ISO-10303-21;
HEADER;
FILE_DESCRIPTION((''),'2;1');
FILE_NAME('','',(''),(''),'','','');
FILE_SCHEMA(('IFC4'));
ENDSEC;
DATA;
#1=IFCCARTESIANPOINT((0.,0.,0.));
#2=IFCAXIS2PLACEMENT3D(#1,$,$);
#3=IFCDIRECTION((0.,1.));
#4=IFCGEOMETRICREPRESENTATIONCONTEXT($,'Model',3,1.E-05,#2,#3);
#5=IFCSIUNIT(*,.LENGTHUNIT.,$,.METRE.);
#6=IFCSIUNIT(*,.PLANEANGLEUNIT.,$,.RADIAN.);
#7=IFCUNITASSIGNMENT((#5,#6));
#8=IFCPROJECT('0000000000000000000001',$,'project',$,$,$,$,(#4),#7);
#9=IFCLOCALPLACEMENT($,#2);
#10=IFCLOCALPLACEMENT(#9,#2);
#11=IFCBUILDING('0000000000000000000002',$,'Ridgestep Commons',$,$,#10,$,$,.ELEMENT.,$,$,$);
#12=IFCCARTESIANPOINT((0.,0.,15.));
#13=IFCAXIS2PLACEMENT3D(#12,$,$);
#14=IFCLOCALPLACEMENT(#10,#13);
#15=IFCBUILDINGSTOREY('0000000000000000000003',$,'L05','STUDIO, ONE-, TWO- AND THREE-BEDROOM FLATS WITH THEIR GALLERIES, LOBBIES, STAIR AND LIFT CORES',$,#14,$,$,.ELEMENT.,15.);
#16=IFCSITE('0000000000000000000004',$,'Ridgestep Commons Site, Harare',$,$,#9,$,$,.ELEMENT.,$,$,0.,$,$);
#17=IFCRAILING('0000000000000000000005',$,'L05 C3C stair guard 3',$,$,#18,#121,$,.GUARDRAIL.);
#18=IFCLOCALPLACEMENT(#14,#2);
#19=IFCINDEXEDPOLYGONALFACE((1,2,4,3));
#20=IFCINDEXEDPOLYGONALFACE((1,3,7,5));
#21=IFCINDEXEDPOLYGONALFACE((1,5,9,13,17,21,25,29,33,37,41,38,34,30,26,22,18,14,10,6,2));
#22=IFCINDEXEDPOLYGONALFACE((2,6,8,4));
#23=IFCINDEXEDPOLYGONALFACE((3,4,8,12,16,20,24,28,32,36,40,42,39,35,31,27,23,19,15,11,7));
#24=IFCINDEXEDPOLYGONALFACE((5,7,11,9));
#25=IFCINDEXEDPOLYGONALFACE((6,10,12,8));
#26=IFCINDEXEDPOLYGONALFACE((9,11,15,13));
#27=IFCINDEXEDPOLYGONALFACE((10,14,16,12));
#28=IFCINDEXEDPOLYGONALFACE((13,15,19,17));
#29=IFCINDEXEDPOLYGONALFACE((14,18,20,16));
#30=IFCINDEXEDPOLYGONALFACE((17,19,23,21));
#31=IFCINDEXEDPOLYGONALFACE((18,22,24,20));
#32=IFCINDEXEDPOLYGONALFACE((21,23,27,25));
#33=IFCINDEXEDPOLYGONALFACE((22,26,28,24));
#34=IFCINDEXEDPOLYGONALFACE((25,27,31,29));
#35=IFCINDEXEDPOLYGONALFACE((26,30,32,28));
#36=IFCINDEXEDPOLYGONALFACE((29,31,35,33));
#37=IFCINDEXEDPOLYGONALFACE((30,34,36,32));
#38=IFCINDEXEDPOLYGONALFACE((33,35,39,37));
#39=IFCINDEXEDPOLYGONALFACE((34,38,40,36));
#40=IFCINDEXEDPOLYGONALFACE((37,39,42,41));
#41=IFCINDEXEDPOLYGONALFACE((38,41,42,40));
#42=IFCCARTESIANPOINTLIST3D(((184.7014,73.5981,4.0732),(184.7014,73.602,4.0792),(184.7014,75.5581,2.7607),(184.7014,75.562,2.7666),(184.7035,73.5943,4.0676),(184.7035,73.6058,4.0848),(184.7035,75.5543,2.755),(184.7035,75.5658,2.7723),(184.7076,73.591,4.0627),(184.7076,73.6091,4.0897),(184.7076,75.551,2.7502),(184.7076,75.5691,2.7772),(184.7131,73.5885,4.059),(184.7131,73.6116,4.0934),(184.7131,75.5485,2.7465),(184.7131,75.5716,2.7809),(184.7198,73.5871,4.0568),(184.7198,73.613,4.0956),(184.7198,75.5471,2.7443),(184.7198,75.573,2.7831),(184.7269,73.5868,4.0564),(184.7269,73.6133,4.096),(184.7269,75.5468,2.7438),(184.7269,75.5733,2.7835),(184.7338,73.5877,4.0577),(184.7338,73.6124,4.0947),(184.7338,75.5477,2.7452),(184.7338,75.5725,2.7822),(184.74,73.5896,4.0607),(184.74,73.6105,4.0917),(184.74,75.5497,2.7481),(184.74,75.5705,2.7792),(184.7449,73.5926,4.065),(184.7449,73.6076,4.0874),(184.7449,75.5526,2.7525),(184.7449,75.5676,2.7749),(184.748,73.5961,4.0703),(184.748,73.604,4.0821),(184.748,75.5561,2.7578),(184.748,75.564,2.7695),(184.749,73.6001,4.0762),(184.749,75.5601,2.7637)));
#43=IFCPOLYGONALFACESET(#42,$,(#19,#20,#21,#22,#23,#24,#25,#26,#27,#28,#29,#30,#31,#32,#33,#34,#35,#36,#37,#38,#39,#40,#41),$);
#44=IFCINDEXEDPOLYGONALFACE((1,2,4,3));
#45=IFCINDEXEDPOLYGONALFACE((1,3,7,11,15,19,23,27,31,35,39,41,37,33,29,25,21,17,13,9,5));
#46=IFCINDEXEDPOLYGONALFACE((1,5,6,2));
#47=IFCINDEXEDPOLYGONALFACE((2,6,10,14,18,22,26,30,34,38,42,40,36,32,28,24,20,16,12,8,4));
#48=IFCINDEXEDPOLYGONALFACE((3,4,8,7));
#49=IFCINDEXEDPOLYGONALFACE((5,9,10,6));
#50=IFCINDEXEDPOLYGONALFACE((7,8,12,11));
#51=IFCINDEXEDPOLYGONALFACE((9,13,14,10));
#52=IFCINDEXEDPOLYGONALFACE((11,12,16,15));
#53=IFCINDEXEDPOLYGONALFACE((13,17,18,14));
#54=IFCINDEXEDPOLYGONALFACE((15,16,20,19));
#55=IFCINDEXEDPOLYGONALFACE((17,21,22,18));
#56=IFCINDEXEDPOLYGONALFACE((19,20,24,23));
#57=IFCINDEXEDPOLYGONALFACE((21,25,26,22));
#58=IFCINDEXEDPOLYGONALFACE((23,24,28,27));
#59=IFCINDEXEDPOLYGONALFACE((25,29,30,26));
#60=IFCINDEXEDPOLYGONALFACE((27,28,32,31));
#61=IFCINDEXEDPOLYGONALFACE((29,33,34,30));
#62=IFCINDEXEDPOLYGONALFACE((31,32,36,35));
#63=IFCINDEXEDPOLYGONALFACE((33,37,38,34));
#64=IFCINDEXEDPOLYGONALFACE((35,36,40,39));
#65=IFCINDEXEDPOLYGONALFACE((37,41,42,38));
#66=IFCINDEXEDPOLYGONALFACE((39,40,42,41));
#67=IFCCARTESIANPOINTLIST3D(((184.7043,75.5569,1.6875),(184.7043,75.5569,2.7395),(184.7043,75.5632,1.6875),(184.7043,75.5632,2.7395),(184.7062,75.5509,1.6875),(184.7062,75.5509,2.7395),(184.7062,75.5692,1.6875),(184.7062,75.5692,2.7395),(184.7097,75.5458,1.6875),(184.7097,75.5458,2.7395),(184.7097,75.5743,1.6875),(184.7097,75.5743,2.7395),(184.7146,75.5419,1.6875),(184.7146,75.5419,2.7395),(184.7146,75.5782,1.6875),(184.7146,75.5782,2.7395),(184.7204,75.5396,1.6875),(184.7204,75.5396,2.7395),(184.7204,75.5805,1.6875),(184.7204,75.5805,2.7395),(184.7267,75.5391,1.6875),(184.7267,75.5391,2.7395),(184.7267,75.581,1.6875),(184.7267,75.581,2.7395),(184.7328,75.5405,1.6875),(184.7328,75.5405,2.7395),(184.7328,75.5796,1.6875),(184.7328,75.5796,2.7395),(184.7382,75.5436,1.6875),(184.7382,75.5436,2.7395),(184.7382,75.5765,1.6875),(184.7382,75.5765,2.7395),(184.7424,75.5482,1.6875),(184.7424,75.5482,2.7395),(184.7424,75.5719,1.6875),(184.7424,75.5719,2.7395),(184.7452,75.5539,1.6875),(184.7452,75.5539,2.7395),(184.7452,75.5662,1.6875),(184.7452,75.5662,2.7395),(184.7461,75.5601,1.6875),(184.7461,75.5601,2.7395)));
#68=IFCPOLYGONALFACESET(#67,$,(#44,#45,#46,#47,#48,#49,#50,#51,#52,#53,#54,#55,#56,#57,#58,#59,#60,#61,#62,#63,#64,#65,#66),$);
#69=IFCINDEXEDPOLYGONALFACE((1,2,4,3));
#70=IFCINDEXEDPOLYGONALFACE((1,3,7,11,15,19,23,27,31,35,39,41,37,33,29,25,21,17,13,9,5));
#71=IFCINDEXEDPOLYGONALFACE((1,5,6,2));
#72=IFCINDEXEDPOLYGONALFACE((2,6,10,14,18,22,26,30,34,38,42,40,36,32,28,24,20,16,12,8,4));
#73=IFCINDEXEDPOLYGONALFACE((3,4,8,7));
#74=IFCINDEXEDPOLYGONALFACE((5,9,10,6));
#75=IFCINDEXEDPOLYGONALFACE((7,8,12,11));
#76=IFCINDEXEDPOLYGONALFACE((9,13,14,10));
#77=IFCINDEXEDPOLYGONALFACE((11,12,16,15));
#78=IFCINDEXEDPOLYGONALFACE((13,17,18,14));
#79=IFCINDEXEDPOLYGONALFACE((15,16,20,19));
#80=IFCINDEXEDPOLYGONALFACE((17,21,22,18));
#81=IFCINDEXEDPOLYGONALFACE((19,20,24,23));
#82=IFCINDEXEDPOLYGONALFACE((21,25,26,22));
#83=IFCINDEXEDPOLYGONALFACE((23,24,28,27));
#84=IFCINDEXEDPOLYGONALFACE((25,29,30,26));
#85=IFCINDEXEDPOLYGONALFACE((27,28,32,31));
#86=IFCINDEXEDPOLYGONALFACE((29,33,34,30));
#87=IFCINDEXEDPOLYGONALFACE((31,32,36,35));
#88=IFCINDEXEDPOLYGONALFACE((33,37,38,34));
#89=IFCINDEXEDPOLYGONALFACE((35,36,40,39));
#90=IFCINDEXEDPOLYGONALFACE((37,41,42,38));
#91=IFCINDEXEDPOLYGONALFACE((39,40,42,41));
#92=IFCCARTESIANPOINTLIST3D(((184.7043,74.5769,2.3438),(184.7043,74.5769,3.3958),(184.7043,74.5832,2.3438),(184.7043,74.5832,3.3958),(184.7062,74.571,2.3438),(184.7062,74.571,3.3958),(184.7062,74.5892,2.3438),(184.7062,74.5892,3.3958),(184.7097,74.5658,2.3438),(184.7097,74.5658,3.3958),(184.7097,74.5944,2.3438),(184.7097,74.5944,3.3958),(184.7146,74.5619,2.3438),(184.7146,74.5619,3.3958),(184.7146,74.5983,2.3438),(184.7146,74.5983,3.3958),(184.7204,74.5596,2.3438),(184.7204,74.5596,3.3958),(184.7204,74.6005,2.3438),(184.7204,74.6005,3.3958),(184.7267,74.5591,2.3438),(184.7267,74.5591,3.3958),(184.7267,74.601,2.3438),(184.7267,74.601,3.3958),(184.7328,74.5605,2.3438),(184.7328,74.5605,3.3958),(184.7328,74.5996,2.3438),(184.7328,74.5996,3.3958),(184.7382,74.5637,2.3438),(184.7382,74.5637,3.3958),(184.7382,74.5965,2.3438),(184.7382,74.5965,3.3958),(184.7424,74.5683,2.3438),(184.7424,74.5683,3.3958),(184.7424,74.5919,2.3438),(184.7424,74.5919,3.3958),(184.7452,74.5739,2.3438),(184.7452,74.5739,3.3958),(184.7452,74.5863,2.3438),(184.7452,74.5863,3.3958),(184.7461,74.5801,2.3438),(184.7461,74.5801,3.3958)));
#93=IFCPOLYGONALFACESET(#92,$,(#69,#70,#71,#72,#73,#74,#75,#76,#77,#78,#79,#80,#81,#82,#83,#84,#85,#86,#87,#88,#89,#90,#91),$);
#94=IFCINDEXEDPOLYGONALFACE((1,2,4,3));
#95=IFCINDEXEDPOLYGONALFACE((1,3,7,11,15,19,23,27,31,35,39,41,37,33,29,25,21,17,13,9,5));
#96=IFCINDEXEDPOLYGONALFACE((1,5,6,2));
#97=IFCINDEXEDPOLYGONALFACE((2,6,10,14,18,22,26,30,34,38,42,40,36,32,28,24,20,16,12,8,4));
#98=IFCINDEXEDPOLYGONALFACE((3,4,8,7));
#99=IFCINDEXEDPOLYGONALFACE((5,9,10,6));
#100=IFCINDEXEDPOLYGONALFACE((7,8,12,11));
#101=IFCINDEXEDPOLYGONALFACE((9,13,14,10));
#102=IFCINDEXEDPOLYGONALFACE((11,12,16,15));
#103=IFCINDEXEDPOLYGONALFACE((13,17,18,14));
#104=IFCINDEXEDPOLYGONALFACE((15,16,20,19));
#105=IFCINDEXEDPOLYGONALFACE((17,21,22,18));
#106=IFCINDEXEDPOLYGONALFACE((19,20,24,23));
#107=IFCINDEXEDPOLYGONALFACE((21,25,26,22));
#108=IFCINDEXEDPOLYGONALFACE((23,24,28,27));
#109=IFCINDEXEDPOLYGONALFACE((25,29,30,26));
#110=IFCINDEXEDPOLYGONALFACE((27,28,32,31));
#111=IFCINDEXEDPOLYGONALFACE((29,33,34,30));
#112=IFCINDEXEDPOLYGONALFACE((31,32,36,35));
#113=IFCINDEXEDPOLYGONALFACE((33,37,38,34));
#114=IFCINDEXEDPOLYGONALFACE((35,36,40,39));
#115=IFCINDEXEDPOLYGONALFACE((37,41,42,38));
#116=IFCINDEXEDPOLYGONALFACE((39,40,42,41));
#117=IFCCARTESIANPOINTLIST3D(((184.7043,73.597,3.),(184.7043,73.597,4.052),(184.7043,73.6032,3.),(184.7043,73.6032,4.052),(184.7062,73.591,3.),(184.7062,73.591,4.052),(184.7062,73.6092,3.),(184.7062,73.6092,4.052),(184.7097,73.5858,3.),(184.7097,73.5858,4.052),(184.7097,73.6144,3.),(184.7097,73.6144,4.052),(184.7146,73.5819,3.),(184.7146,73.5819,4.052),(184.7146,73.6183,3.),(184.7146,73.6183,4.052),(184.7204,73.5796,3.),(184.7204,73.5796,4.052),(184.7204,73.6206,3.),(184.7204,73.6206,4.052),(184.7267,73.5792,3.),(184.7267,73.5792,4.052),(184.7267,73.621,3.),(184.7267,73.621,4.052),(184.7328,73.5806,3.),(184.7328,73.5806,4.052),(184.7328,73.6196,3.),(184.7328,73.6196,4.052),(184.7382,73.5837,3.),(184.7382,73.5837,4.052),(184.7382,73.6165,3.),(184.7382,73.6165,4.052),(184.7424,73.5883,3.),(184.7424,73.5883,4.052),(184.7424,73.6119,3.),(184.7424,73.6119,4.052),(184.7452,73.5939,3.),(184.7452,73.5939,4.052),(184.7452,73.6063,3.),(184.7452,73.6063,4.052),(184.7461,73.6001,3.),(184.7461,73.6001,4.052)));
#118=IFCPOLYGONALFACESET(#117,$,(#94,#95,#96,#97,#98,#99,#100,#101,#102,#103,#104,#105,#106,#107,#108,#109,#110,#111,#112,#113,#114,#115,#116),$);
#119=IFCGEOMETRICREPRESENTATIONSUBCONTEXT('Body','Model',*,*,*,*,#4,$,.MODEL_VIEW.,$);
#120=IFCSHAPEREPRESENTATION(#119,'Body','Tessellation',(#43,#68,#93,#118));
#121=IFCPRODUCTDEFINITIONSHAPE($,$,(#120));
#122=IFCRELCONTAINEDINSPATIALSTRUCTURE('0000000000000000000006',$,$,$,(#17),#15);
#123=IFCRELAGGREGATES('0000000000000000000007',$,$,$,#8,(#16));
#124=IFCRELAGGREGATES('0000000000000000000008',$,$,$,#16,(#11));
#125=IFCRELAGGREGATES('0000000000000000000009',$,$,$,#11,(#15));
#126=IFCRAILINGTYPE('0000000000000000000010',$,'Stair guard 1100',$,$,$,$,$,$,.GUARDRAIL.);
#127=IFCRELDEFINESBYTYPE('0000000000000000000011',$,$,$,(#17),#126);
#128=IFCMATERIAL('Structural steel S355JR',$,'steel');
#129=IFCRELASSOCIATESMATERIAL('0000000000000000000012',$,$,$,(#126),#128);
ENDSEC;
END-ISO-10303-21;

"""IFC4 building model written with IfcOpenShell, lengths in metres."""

from ifc_helpers import new_model, si_unit, direction, frame, origin, origin_2d, place, context, subcontext, project, spatial, circle, extrude, material, type_object, element, save


model = new_model("IFC4")

# Units and contexts
model_context = context("Model", 3, precision=1e-05, world=origin(), true_north=direction((0.0, 1.0)))
body_context = subcontext(model_context, "Body", "Model", "MODEL_VIEW")
ifc_project = project(units=[si_unit("LENGTHUNIT", "METRE"), si_unit("PLANEANGLEUNIT", "RADIAN")], contexts=[model_context])

# Site, building, storey
site_placement = place(None, origin())
site = spatial("IfcSite", under=ifc_project, at=site_placement, Name="Ridgestep Commons Site, Harare", CompositionType="ELEMENT", RefElevation=0.0)
building_placement = place(site_placement, origin())
building = spatial("IfcBuilding", under=site, at=building_placement, Name="Ridgestep Commons", CompositionType="ELEMENT")
storey_placement = place(building_placement, frame((0.0, 0.0, 15.0)))
storey = spatial("IfcBuildingStorey", under=building, at=storey_placement, Name="L05", Description="STUDIO, ONE-, TWO- AND THREE-BEDROOM FLATS WITH THEIR GALLERIES, LOBBIES, STAIR AND LIFT CORES", CompositionType="ELEMENT", Elevation=15.0)

# Railing
ifc_material_1 = material(Name="Structural steel S355JR", Category="steel")
railing_type = type_object("IfcRailingType", Name="Stair guard 1100", PredefinedType="GUARDRAIL", material=ifc_material_1)
railing_1_placement = place(storey_placement, frame((184.7251, 75.5601, 1.6875)))
element("IfcRailing", 1, at=railing_1_placement, inside=storey, type_object=railing_type, Name="L05 C3C stair guard 3", PredefinedType="GUARDRAIL", context=body_context, shape_type="SweptSolid", body=[
    extrude(circle(Radius=0.0239, at=origin_2d()), frame((0.0, 0.0, 1.0762), z_axis=(0.0, -0.830902, 0.556419), x_axis=(1.0, 0.0, 0.0)), (0.0, 0.0, 1.0), 2.3589),
    extrude(circle(Radius=0.021, at=origin_2d()), origin(), (0.0, 0.0, 1.0), 1.052),
    extrude(circle(Radius=0.021, at=origin_2d()), frame((0.0, -0.98, 0.6562)), (0.0, 0.0, 1.0), 1.052),
    extrude(circle(Radius=0.021, at=origin_2d()), frame((0.0, -1.96, 1.3125)), (0.0, 0.0, 1.0), 1.052),
])

save(model, "model.ifc")
